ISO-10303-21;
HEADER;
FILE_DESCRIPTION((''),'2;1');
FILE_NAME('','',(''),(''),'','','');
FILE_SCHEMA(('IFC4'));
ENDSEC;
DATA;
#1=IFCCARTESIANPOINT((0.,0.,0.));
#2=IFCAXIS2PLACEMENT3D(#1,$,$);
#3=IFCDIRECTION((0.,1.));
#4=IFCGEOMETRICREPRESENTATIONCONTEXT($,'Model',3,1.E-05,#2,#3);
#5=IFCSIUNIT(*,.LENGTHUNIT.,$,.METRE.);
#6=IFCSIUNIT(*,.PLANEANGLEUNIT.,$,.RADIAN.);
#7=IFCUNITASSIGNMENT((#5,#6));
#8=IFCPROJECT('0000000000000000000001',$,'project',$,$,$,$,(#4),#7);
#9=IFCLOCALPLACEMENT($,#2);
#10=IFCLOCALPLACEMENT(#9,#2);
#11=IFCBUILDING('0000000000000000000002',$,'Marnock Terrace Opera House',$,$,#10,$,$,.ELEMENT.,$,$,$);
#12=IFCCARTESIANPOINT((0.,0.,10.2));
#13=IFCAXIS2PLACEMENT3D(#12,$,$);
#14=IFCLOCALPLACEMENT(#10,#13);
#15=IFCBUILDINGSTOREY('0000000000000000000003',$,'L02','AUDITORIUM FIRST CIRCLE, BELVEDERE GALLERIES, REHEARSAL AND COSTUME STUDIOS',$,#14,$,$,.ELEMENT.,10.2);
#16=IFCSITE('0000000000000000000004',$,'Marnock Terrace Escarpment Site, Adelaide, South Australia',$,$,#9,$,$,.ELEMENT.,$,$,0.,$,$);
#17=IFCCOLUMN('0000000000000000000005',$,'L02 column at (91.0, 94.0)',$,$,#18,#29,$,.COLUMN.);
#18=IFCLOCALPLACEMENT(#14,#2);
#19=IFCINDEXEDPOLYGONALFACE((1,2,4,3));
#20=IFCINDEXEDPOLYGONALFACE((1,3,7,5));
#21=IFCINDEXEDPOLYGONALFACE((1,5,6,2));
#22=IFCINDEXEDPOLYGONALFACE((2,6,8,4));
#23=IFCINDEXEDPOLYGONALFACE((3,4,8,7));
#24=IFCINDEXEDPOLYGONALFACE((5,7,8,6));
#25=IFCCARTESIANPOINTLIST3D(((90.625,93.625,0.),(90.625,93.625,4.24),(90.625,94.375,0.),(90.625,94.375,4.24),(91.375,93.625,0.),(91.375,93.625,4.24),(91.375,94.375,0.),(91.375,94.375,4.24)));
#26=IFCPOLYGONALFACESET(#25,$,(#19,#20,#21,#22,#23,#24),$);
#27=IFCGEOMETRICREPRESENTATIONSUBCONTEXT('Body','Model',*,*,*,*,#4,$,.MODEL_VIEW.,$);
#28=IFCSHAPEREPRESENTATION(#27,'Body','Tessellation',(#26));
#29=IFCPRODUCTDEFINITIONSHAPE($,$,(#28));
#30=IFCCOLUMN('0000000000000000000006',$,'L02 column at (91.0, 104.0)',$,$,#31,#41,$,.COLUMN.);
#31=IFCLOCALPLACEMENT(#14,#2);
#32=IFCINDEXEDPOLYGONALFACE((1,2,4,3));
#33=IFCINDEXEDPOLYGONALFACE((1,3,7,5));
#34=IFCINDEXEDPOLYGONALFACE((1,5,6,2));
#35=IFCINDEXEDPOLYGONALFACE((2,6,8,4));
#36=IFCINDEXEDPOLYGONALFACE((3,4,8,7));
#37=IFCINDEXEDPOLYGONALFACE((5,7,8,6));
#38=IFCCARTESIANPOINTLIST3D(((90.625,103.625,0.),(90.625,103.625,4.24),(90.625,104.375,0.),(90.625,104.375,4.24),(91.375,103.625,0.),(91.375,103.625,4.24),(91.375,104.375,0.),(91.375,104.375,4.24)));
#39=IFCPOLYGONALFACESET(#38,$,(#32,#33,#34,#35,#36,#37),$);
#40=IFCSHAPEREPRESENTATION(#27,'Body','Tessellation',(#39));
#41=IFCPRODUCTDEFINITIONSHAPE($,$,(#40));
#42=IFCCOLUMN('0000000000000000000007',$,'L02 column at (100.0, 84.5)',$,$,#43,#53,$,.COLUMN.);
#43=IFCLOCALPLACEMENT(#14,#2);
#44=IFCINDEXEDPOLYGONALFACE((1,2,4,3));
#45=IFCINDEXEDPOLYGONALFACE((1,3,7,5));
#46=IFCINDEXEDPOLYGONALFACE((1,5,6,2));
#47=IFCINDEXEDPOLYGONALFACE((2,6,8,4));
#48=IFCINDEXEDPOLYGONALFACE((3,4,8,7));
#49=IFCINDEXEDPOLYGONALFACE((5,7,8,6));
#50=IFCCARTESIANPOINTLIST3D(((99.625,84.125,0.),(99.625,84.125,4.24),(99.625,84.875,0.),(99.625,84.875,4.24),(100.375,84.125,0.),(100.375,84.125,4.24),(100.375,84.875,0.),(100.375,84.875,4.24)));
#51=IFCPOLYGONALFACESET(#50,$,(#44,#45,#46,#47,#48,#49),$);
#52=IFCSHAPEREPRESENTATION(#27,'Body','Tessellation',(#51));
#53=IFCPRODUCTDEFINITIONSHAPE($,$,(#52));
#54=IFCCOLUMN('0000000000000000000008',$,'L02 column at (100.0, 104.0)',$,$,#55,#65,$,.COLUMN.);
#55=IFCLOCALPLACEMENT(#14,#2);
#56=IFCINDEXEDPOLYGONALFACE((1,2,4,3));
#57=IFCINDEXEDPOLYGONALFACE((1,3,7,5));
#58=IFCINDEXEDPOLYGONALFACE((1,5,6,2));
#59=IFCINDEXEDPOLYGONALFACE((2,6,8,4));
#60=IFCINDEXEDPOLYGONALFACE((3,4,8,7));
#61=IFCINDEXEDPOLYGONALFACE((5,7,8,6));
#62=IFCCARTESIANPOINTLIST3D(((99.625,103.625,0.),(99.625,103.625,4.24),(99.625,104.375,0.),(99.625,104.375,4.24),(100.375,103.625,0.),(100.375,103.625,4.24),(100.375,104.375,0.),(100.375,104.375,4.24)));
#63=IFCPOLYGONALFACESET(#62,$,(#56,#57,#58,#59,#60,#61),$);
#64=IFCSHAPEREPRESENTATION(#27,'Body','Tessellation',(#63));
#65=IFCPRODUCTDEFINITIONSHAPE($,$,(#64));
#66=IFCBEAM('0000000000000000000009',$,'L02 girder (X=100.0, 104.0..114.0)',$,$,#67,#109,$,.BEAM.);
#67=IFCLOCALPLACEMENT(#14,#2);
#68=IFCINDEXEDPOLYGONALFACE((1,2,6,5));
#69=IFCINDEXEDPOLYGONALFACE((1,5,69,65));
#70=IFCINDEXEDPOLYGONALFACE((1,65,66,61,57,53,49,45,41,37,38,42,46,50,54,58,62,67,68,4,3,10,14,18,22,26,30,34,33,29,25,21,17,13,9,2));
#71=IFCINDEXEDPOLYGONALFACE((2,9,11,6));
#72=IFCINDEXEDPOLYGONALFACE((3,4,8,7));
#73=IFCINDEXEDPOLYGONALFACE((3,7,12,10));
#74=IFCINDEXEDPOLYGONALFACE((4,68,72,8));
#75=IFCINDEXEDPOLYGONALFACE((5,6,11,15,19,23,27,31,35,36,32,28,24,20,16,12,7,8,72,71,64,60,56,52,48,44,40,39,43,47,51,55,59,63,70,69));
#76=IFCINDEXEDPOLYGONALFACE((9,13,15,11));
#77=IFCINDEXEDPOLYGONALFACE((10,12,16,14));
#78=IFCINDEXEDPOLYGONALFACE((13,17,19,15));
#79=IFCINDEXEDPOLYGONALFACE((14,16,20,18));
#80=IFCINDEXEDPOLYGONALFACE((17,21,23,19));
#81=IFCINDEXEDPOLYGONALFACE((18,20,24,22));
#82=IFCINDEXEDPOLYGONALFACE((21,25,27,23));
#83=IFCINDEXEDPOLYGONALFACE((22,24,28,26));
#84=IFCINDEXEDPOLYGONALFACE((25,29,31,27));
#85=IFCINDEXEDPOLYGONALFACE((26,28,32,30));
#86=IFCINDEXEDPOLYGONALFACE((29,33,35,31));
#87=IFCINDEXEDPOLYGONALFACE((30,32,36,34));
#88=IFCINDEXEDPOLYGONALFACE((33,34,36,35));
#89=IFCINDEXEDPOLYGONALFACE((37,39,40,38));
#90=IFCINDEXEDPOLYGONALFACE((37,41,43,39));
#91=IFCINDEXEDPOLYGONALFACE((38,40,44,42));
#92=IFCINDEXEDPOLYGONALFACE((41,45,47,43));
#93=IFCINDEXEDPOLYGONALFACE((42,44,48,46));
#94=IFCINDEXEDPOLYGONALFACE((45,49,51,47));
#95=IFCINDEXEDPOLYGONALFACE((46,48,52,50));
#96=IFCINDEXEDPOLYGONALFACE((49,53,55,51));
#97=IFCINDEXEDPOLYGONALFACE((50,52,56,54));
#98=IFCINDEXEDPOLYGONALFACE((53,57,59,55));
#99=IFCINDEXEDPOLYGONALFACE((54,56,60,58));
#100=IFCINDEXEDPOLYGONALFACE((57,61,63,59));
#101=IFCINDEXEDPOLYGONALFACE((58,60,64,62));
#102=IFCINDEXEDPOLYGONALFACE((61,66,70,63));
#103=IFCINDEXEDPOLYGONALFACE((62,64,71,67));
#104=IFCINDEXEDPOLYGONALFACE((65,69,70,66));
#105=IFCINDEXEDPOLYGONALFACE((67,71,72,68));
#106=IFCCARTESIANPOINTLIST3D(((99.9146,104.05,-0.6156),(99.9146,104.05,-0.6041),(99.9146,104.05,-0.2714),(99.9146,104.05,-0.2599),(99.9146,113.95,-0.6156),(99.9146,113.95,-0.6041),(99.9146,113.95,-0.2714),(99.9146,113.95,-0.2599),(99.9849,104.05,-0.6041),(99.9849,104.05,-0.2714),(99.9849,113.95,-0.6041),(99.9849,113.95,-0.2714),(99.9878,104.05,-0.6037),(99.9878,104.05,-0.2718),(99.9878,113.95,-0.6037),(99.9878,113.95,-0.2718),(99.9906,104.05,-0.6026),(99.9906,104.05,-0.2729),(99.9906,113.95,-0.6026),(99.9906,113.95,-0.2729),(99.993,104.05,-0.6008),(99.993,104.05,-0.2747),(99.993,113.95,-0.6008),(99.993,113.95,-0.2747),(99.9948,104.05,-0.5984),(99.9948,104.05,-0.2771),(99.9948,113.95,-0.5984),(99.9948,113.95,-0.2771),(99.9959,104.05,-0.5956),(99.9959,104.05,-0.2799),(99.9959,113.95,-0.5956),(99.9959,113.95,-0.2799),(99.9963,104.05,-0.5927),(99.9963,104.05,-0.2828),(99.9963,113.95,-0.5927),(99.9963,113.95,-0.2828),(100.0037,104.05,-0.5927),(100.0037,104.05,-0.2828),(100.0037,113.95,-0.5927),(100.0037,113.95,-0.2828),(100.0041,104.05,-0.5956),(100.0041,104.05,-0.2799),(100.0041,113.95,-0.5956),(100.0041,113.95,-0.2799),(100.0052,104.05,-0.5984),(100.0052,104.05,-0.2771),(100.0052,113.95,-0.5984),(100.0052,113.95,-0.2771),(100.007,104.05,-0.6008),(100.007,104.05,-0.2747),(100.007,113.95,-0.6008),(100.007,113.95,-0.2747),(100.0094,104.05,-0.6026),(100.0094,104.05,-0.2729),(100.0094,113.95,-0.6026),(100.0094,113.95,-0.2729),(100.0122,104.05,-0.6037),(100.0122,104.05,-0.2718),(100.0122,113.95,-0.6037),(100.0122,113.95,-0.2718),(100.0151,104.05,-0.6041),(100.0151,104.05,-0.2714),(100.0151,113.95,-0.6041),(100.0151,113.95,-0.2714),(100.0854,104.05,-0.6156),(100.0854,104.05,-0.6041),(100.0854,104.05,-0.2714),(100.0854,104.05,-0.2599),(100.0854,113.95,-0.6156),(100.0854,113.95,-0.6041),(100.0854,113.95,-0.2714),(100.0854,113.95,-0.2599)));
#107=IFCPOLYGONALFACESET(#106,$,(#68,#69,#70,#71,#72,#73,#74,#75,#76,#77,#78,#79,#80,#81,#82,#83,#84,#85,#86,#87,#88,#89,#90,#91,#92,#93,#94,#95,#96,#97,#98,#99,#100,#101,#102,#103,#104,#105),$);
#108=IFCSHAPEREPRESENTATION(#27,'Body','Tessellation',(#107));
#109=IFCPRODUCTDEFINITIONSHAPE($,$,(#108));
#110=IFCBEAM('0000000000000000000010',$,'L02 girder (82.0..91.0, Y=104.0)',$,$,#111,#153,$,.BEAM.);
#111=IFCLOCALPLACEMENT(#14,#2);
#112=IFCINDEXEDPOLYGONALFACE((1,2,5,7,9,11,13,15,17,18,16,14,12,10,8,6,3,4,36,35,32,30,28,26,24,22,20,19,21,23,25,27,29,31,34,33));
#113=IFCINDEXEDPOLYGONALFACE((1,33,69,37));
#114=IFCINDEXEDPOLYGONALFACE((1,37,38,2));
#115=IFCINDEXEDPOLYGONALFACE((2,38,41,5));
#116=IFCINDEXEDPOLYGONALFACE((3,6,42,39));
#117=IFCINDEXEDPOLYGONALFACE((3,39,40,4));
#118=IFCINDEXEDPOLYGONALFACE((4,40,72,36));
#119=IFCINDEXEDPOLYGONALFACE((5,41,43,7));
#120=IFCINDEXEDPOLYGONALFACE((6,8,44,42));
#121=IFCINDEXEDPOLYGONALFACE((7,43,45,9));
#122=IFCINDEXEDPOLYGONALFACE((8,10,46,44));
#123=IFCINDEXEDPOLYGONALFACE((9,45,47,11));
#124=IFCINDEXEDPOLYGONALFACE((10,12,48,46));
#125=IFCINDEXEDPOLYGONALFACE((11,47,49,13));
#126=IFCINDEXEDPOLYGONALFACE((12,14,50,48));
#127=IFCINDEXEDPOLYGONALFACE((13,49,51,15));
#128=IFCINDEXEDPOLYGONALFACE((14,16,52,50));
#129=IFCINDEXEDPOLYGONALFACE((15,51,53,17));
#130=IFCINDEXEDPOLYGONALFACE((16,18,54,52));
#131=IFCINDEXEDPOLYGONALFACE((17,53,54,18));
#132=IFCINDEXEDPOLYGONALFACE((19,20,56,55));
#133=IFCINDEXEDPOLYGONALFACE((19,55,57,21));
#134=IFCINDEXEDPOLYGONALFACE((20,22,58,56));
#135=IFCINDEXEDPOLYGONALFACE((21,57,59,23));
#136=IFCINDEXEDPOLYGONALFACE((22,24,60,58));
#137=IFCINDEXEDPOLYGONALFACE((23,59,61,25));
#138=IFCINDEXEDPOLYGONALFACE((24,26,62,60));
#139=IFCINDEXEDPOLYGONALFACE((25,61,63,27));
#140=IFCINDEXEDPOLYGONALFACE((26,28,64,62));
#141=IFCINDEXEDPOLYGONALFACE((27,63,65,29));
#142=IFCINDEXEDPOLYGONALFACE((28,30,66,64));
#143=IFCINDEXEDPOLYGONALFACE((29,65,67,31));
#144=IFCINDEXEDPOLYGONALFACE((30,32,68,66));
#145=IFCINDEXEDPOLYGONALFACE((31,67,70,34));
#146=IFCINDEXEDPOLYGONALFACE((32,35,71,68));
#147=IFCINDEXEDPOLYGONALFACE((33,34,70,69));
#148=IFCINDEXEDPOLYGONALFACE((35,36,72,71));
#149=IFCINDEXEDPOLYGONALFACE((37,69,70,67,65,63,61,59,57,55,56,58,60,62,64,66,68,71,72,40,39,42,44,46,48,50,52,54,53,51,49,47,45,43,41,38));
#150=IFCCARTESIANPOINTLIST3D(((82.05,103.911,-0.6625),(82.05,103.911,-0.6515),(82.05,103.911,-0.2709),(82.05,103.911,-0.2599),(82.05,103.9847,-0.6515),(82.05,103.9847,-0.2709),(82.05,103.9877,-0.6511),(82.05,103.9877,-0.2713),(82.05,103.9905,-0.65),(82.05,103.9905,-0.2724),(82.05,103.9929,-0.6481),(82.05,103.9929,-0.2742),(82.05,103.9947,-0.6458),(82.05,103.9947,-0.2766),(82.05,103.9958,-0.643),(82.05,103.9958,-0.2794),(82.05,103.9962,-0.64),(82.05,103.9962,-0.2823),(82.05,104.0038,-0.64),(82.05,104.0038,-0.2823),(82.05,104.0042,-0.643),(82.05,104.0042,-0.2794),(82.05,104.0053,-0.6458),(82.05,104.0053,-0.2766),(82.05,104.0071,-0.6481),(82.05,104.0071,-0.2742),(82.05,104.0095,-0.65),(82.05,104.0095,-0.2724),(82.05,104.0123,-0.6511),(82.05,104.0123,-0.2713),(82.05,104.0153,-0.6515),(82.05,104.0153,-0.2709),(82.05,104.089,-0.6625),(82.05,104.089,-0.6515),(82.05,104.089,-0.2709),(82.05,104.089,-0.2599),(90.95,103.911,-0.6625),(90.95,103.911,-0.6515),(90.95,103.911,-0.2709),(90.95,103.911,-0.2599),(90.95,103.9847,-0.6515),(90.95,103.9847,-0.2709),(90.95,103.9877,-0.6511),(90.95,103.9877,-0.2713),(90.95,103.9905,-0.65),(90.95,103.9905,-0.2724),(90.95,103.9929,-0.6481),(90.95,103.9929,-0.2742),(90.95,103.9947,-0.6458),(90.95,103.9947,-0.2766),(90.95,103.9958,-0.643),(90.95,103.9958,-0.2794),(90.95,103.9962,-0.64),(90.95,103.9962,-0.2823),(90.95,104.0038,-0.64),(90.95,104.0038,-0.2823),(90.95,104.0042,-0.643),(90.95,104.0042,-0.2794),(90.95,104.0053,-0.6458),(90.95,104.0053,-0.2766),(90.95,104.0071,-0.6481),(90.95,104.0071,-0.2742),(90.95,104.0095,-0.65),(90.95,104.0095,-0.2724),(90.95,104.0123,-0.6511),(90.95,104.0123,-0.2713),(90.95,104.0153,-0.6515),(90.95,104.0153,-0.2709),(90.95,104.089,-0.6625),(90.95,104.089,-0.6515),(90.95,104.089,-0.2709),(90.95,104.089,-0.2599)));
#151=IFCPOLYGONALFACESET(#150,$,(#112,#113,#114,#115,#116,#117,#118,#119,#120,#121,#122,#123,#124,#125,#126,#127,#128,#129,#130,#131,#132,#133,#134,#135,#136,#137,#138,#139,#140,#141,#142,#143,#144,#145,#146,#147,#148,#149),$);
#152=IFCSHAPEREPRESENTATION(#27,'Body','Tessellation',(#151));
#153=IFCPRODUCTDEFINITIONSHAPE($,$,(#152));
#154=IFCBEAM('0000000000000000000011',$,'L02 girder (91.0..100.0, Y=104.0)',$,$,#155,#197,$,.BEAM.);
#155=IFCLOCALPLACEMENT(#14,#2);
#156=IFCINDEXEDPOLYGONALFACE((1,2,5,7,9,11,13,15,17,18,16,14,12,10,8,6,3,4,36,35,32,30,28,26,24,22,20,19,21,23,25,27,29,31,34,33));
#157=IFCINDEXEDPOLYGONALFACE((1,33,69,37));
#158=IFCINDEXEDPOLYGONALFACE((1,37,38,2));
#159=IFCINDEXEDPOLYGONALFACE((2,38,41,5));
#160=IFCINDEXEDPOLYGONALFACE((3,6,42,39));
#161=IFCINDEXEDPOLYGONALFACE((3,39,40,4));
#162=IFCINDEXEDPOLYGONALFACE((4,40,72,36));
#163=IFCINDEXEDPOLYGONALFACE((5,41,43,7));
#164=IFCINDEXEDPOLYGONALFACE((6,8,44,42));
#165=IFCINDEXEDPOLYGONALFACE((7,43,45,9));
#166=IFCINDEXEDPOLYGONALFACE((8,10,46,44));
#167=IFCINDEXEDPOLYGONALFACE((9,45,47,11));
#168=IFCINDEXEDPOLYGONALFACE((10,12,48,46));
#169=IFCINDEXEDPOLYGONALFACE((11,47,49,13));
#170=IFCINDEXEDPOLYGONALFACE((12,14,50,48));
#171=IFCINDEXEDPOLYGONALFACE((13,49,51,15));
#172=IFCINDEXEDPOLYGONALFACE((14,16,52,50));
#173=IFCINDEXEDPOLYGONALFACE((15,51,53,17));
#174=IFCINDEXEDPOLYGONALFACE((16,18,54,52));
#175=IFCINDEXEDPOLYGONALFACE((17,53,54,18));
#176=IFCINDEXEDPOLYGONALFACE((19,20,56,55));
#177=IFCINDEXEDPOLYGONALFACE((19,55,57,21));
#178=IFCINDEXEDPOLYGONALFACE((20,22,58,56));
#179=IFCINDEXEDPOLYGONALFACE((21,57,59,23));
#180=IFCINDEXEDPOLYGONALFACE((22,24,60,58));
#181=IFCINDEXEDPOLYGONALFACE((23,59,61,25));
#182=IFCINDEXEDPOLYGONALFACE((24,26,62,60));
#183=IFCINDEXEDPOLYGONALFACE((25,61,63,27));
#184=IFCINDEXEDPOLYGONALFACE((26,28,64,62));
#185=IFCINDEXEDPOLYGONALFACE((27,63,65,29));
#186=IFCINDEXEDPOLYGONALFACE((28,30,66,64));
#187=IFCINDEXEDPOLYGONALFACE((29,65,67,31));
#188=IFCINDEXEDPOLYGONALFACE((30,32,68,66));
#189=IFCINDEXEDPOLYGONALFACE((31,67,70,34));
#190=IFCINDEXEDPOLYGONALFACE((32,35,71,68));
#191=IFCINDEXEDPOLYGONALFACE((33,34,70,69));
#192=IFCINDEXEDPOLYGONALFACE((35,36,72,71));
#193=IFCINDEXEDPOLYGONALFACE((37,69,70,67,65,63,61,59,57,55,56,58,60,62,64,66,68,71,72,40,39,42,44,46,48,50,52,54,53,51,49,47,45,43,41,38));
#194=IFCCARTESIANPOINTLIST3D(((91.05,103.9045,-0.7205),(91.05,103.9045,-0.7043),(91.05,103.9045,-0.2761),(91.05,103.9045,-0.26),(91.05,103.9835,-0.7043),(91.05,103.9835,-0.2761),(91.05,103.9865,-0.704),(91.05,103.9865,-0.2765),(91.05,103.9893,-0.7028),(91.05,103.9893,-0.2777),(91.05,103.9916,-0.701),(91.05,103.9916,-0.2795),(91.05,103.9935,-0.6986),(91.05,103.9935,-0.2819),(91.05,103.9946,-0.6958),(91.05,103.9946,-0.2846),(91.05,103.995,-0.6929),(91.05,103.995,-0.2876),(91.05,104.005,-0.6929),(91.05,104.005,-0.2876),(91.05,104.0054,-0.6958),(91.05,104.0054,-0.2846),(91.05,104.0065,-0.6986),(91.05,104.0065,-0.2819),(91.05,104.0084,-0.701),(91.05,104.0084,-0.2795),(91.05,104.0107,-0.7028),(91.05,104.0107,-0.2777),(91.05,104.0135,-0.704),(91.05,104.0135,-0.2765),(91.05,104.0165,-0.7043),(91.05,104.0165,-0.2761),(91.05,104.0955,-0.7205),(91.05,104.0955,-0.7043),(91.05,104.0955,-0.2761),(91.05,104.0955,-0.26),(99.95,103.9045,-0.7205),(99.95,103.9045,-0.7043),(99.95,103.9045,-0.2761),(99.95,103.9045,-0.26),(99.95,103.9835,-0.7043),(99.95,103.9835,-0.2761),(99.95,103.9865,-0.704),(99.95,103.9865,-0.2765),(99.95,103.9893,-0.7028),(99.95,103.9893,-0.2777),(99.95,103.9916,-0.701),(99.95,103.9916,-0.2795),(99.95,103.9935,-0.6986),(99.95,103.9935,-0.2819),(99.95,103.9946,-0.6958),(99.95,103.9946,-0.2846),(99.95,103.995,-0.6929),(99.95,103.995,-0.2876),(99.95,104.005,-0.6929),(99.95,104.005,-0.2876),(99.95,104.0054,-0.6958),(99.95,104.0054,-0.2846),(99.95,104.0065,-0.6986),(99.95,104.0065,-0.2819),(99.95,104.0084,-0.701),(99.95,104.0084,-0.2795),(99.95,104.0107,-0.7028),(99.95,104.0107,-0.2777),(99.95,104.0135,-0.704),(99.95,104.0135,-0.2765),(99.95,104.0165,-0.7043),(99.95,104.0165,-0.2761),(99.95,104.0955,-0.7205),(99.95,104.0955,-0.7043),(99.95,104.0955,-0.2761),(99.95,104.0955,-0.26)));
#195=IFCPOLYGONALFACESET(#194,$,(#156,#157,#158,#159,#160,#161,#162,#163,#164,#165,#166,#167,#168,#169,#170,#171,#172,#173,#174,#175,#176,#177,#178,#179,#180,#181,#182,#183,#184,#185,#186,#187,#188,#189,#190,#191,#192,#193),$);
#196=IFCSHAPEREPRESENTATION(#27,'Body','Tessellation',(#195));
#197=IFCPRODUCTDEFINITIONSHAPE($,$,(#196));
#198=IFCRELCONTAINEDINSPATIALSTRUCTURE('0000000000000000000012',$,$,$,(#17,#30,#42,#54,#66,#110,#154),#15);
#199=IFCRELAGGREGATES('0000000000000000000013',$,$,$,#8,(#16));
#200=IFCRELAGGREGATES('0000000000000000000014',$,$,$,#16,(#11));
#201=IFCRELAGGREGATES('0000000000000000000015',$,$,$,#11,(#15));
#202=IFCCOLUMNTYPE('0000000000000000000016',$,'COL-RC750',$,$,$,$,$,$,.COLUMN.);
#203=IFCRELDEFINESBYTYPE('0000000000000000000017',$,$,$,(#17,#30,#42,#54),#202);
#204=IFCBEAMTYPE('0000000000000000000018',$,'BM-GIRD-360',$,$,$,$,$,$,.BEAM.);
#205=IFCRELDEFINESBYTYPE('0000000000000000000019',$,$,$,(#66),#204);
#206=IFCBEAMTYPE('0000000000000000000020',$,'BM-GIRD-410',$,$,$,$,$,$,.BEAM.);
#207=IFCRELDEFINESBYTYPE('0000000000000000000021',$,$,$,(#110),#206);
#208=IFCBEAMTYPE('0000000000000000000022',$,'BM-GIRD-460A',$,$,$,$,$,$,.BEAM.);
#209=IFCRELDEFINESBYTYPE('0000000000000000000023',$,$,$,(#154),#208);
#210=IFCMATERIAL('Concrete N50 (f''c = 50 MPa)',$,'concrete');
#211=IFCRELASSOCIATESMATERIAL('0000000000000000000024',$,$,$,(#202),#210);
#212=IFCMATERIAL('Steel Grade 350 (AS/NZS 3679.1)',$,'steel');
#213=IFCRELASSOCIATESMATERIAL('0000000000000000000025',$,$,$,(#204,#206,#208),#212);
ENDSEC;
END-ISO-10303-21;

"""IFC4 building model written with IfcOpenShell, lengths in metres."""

from ifc_helpers import new_model, si_unit, direction, frame, origin, origin_2d, place, context, subcontext, project, spatial, rectangle, i_section, extrude, material, material_profile, profile_set, type_object, element, save


model = new_model("IFC4")

# Units and contexts
model_context = context("Model", 3, precision=1e-05, world=origin(), true_north=direction((0.0, 1.0)))
body_context = subcontext(model_context, "Body", "Model", "MODEL_VIEW")
ifc_project = project(units=[si_unit("LENGTHUNIT", "METRE"), si_unit("PLANEANGLEUNIT", "RADIAN")], contexts=[model_context])

# Site, building, storey
site_placement = place(None, origin())
site = spatial("IfcSite", under=ifc_project, at=site_placement, Name="Marnock Terrace Escarpment Site, Adelaide, South Australia", CompositionType="ELEMENT", RefElevation=0.0)
building_placement = place(site_placement, origin())
building = spatial("IfcBuilding", under=site, at=building_placement, Name="Marnock Terrace Opera House", CompositionType="ELEMENT")
storey_placement = place(building_placement, frame((0.0, 0.0, 10.2)))
storey = spatial("IfcBuildingStorey", under=building, at=storey_placement, Name="L02", Description="AUDITORIUM FIRST CIRCLE, BELVEDERE GALLERIES, REHEARSAL AND COSTUME STUDIOS", CompositionType="ELEMENT", Elevation=10.2)

# Columns
ifc_material_1 = material(Name="Concrete N50 (f'c = 50 MPa)", Category="concrete")
ifc_material_profile_1 = material_profile(ifc_material_1, rectangle(XDim=0.75, YDim=0.75, at=origin_2d()))
ifc_profile_set_1 = profile_set([ifc_material_profile_1], Name="Concrete N50 (f'c = 50 MPa)")
column_type_1 = type_object("IfcColumnType", Name="COL-RC750", PredefinedType="COLUMN", material=ifc_profile_set_1)
for number, where, z_axis, x_axis, name in (
    (1, (91.0, 94.0, 0.0), (0.0, 0.0, 1.0), (1.0, 0.0, 0.0), "L02 column at (91.0, 94.0)"),
    (2, (91.0, 104.0, 0.0), (0.0, 0.0, 1.0), (1.0, 0.0, 0.0), "L02 column at (91.0, 104.0)"),
    (3, (100.0, 84.5, 0.0), (0.0, 0.0, 1.0), (1.0, 0.0, 0.0), "L02 column at (100.0, 84.5)"),
    (4, (100.0, 104.0, 0.0), (0.0, 0.0, 1.0), (1.0, 0.0, 0.0), "L02 column at (100.0, 104.0)"),
):
    element("IfcColumn", number, at=place(storey_placement, frame(where, z_axis=z_axis, x_axis=x_axis)), inside=storey, type_object=column_type_1, Name=name, PredefinedType="COLUMN", context=body_context, shape_type="SweptSolid", body=[
        extrude(rectangle(XDim=0.75, YDim=0.75, at=origin_2d()), origin(), (0.0, 0.0, 1.0), 4.24),
    ])

# Beams
ifc_material_2 = material(Name="Steel Grade 350 (AS/NZS 3679.1)", Category="steel")
ifc_material_profile_2 = material_profile(ifc_material_2, i_section(OverallWidth=0.1709, OverallDepth=0.3557, WebThickness=0.0073, FlangeThickness=0.0115, FilletRadius=0.0115, at=origin_2d()))
ifc_profile_set_2 = profile_set([ifc_material_profile_2], Name="Steel Grade 350 (AS/NZS 3679.1)")
beam_type_1 = type_object("IfcBeamType", Name="BM-GIRD-360", PredefinedType="BEAM", material=ifc_profile_set_2)
beam_1_placement = place(storey_placement, frame((100.0, 104.05, -0.4377), z_axis=(0.0, 1.0, 0.0), x_axis=(-1.0, 0.0, 0.0)))
element("IfcBeam", 5, at=beam_1_placement, inside=storey, type_object=beam_type_1, Name="L02 girder (X=100.0, 104.0..114.0)", PredefinedType="BEAM", context=body_context, shape_type="SweptSolid", body=[
    extrude(i_section(OverallWidth=0.1709, OverallDepth=0.3557, WebThickness=0.0073, FlangeThickness=0.0115, FilletRadius=0.0115, at=origin_2d()), origin(), (0.0, 0.0, 1.0), 9.8999),
])
ifc_material_profile_3 = material_profile(ifc_material_2, i_section(OverallWidth=0.178, OverallDepth=0.4026, WebThickness=0.0076, FlangeThickness=0.011, FilletRadius=0.0115, at=origin_2d()))
ifc_profile_set_3 = profile_set([ifc_material_profile_3], Name="Steel Grade 350 (AS/NZS 3679.1)")
beam_type_2 = type_object("IfcBeamType", Name="BM-GIRD-410", PredefinedType="BEAM", material=ifc_profile_set_3)
beam_2_placement = place(storey_placement, frame((82.05, 104.0, -0.4612), z_axis=(1.0, 0.0, 0.0), x_axis=(0.0, 1.0, 0.0)))
element("IfcBeam", 6, at=beam_2_placement, inside=storey, type_object=beam_type_2, Name="L02 girder (82.0..91.0, Y=104.0)", PredefinedType="BEAM", context=body_context, shape_type="SweptSolid", body=[
    extrude(i_section(OverallWidth=0.178, OverallDepth=0.4026, WebThickness=0.0076, FlangeThickness=0.011, FilletRadius=0.0115, at=origin_2d()), origin(), (0.0, 0.0, 1.0), 8.8999),
])
ifc_material_profile_4 = material_profile(ifc_material_2, i_section(OverallWidth=0.1909, OverallDepth=0.4604, WebThickness=0.01, FlangeThickness=0.0161, FilletRadius=0.0115, at=origin_2d()))
ifc_profile_set_4 = profile_set([ifc_material_profile_4], Name="Steel Grade 350 (AS/NZS 3679.1)")
beam_type_3 = type_object("IfcBeamType", Name="BM-GIRD-460A", PredefinedType="BEAM", material=ifc_profile_set_4)
beam_3_placement = place(storey_placement, frame((91.05, 104.0, -0.4902), z_axis=(1.0, 0.0, 0.0), x_axis=(0.0, 1.0, 0.0)))
element("IfcBeam", 7, at=beam_3_placement, inside=storey, type_object=beam_type_3, Name="L02 girder (91.0..100.0, Y=104.0)", PredefinedType="BEAM", context=body_context, shape_type="SweptSolid", body=[
    extrude(i_section(OverallWidth=0.1909, OverallDepth=0.4604, WebThickness=0.01, FlangeThickness=0.0161, FilletRadius=0.0115, at=origin_2d()), origin(), (0.0, 0.0, 1.0), 8.8999),
])

save(model, "model.ifc")
